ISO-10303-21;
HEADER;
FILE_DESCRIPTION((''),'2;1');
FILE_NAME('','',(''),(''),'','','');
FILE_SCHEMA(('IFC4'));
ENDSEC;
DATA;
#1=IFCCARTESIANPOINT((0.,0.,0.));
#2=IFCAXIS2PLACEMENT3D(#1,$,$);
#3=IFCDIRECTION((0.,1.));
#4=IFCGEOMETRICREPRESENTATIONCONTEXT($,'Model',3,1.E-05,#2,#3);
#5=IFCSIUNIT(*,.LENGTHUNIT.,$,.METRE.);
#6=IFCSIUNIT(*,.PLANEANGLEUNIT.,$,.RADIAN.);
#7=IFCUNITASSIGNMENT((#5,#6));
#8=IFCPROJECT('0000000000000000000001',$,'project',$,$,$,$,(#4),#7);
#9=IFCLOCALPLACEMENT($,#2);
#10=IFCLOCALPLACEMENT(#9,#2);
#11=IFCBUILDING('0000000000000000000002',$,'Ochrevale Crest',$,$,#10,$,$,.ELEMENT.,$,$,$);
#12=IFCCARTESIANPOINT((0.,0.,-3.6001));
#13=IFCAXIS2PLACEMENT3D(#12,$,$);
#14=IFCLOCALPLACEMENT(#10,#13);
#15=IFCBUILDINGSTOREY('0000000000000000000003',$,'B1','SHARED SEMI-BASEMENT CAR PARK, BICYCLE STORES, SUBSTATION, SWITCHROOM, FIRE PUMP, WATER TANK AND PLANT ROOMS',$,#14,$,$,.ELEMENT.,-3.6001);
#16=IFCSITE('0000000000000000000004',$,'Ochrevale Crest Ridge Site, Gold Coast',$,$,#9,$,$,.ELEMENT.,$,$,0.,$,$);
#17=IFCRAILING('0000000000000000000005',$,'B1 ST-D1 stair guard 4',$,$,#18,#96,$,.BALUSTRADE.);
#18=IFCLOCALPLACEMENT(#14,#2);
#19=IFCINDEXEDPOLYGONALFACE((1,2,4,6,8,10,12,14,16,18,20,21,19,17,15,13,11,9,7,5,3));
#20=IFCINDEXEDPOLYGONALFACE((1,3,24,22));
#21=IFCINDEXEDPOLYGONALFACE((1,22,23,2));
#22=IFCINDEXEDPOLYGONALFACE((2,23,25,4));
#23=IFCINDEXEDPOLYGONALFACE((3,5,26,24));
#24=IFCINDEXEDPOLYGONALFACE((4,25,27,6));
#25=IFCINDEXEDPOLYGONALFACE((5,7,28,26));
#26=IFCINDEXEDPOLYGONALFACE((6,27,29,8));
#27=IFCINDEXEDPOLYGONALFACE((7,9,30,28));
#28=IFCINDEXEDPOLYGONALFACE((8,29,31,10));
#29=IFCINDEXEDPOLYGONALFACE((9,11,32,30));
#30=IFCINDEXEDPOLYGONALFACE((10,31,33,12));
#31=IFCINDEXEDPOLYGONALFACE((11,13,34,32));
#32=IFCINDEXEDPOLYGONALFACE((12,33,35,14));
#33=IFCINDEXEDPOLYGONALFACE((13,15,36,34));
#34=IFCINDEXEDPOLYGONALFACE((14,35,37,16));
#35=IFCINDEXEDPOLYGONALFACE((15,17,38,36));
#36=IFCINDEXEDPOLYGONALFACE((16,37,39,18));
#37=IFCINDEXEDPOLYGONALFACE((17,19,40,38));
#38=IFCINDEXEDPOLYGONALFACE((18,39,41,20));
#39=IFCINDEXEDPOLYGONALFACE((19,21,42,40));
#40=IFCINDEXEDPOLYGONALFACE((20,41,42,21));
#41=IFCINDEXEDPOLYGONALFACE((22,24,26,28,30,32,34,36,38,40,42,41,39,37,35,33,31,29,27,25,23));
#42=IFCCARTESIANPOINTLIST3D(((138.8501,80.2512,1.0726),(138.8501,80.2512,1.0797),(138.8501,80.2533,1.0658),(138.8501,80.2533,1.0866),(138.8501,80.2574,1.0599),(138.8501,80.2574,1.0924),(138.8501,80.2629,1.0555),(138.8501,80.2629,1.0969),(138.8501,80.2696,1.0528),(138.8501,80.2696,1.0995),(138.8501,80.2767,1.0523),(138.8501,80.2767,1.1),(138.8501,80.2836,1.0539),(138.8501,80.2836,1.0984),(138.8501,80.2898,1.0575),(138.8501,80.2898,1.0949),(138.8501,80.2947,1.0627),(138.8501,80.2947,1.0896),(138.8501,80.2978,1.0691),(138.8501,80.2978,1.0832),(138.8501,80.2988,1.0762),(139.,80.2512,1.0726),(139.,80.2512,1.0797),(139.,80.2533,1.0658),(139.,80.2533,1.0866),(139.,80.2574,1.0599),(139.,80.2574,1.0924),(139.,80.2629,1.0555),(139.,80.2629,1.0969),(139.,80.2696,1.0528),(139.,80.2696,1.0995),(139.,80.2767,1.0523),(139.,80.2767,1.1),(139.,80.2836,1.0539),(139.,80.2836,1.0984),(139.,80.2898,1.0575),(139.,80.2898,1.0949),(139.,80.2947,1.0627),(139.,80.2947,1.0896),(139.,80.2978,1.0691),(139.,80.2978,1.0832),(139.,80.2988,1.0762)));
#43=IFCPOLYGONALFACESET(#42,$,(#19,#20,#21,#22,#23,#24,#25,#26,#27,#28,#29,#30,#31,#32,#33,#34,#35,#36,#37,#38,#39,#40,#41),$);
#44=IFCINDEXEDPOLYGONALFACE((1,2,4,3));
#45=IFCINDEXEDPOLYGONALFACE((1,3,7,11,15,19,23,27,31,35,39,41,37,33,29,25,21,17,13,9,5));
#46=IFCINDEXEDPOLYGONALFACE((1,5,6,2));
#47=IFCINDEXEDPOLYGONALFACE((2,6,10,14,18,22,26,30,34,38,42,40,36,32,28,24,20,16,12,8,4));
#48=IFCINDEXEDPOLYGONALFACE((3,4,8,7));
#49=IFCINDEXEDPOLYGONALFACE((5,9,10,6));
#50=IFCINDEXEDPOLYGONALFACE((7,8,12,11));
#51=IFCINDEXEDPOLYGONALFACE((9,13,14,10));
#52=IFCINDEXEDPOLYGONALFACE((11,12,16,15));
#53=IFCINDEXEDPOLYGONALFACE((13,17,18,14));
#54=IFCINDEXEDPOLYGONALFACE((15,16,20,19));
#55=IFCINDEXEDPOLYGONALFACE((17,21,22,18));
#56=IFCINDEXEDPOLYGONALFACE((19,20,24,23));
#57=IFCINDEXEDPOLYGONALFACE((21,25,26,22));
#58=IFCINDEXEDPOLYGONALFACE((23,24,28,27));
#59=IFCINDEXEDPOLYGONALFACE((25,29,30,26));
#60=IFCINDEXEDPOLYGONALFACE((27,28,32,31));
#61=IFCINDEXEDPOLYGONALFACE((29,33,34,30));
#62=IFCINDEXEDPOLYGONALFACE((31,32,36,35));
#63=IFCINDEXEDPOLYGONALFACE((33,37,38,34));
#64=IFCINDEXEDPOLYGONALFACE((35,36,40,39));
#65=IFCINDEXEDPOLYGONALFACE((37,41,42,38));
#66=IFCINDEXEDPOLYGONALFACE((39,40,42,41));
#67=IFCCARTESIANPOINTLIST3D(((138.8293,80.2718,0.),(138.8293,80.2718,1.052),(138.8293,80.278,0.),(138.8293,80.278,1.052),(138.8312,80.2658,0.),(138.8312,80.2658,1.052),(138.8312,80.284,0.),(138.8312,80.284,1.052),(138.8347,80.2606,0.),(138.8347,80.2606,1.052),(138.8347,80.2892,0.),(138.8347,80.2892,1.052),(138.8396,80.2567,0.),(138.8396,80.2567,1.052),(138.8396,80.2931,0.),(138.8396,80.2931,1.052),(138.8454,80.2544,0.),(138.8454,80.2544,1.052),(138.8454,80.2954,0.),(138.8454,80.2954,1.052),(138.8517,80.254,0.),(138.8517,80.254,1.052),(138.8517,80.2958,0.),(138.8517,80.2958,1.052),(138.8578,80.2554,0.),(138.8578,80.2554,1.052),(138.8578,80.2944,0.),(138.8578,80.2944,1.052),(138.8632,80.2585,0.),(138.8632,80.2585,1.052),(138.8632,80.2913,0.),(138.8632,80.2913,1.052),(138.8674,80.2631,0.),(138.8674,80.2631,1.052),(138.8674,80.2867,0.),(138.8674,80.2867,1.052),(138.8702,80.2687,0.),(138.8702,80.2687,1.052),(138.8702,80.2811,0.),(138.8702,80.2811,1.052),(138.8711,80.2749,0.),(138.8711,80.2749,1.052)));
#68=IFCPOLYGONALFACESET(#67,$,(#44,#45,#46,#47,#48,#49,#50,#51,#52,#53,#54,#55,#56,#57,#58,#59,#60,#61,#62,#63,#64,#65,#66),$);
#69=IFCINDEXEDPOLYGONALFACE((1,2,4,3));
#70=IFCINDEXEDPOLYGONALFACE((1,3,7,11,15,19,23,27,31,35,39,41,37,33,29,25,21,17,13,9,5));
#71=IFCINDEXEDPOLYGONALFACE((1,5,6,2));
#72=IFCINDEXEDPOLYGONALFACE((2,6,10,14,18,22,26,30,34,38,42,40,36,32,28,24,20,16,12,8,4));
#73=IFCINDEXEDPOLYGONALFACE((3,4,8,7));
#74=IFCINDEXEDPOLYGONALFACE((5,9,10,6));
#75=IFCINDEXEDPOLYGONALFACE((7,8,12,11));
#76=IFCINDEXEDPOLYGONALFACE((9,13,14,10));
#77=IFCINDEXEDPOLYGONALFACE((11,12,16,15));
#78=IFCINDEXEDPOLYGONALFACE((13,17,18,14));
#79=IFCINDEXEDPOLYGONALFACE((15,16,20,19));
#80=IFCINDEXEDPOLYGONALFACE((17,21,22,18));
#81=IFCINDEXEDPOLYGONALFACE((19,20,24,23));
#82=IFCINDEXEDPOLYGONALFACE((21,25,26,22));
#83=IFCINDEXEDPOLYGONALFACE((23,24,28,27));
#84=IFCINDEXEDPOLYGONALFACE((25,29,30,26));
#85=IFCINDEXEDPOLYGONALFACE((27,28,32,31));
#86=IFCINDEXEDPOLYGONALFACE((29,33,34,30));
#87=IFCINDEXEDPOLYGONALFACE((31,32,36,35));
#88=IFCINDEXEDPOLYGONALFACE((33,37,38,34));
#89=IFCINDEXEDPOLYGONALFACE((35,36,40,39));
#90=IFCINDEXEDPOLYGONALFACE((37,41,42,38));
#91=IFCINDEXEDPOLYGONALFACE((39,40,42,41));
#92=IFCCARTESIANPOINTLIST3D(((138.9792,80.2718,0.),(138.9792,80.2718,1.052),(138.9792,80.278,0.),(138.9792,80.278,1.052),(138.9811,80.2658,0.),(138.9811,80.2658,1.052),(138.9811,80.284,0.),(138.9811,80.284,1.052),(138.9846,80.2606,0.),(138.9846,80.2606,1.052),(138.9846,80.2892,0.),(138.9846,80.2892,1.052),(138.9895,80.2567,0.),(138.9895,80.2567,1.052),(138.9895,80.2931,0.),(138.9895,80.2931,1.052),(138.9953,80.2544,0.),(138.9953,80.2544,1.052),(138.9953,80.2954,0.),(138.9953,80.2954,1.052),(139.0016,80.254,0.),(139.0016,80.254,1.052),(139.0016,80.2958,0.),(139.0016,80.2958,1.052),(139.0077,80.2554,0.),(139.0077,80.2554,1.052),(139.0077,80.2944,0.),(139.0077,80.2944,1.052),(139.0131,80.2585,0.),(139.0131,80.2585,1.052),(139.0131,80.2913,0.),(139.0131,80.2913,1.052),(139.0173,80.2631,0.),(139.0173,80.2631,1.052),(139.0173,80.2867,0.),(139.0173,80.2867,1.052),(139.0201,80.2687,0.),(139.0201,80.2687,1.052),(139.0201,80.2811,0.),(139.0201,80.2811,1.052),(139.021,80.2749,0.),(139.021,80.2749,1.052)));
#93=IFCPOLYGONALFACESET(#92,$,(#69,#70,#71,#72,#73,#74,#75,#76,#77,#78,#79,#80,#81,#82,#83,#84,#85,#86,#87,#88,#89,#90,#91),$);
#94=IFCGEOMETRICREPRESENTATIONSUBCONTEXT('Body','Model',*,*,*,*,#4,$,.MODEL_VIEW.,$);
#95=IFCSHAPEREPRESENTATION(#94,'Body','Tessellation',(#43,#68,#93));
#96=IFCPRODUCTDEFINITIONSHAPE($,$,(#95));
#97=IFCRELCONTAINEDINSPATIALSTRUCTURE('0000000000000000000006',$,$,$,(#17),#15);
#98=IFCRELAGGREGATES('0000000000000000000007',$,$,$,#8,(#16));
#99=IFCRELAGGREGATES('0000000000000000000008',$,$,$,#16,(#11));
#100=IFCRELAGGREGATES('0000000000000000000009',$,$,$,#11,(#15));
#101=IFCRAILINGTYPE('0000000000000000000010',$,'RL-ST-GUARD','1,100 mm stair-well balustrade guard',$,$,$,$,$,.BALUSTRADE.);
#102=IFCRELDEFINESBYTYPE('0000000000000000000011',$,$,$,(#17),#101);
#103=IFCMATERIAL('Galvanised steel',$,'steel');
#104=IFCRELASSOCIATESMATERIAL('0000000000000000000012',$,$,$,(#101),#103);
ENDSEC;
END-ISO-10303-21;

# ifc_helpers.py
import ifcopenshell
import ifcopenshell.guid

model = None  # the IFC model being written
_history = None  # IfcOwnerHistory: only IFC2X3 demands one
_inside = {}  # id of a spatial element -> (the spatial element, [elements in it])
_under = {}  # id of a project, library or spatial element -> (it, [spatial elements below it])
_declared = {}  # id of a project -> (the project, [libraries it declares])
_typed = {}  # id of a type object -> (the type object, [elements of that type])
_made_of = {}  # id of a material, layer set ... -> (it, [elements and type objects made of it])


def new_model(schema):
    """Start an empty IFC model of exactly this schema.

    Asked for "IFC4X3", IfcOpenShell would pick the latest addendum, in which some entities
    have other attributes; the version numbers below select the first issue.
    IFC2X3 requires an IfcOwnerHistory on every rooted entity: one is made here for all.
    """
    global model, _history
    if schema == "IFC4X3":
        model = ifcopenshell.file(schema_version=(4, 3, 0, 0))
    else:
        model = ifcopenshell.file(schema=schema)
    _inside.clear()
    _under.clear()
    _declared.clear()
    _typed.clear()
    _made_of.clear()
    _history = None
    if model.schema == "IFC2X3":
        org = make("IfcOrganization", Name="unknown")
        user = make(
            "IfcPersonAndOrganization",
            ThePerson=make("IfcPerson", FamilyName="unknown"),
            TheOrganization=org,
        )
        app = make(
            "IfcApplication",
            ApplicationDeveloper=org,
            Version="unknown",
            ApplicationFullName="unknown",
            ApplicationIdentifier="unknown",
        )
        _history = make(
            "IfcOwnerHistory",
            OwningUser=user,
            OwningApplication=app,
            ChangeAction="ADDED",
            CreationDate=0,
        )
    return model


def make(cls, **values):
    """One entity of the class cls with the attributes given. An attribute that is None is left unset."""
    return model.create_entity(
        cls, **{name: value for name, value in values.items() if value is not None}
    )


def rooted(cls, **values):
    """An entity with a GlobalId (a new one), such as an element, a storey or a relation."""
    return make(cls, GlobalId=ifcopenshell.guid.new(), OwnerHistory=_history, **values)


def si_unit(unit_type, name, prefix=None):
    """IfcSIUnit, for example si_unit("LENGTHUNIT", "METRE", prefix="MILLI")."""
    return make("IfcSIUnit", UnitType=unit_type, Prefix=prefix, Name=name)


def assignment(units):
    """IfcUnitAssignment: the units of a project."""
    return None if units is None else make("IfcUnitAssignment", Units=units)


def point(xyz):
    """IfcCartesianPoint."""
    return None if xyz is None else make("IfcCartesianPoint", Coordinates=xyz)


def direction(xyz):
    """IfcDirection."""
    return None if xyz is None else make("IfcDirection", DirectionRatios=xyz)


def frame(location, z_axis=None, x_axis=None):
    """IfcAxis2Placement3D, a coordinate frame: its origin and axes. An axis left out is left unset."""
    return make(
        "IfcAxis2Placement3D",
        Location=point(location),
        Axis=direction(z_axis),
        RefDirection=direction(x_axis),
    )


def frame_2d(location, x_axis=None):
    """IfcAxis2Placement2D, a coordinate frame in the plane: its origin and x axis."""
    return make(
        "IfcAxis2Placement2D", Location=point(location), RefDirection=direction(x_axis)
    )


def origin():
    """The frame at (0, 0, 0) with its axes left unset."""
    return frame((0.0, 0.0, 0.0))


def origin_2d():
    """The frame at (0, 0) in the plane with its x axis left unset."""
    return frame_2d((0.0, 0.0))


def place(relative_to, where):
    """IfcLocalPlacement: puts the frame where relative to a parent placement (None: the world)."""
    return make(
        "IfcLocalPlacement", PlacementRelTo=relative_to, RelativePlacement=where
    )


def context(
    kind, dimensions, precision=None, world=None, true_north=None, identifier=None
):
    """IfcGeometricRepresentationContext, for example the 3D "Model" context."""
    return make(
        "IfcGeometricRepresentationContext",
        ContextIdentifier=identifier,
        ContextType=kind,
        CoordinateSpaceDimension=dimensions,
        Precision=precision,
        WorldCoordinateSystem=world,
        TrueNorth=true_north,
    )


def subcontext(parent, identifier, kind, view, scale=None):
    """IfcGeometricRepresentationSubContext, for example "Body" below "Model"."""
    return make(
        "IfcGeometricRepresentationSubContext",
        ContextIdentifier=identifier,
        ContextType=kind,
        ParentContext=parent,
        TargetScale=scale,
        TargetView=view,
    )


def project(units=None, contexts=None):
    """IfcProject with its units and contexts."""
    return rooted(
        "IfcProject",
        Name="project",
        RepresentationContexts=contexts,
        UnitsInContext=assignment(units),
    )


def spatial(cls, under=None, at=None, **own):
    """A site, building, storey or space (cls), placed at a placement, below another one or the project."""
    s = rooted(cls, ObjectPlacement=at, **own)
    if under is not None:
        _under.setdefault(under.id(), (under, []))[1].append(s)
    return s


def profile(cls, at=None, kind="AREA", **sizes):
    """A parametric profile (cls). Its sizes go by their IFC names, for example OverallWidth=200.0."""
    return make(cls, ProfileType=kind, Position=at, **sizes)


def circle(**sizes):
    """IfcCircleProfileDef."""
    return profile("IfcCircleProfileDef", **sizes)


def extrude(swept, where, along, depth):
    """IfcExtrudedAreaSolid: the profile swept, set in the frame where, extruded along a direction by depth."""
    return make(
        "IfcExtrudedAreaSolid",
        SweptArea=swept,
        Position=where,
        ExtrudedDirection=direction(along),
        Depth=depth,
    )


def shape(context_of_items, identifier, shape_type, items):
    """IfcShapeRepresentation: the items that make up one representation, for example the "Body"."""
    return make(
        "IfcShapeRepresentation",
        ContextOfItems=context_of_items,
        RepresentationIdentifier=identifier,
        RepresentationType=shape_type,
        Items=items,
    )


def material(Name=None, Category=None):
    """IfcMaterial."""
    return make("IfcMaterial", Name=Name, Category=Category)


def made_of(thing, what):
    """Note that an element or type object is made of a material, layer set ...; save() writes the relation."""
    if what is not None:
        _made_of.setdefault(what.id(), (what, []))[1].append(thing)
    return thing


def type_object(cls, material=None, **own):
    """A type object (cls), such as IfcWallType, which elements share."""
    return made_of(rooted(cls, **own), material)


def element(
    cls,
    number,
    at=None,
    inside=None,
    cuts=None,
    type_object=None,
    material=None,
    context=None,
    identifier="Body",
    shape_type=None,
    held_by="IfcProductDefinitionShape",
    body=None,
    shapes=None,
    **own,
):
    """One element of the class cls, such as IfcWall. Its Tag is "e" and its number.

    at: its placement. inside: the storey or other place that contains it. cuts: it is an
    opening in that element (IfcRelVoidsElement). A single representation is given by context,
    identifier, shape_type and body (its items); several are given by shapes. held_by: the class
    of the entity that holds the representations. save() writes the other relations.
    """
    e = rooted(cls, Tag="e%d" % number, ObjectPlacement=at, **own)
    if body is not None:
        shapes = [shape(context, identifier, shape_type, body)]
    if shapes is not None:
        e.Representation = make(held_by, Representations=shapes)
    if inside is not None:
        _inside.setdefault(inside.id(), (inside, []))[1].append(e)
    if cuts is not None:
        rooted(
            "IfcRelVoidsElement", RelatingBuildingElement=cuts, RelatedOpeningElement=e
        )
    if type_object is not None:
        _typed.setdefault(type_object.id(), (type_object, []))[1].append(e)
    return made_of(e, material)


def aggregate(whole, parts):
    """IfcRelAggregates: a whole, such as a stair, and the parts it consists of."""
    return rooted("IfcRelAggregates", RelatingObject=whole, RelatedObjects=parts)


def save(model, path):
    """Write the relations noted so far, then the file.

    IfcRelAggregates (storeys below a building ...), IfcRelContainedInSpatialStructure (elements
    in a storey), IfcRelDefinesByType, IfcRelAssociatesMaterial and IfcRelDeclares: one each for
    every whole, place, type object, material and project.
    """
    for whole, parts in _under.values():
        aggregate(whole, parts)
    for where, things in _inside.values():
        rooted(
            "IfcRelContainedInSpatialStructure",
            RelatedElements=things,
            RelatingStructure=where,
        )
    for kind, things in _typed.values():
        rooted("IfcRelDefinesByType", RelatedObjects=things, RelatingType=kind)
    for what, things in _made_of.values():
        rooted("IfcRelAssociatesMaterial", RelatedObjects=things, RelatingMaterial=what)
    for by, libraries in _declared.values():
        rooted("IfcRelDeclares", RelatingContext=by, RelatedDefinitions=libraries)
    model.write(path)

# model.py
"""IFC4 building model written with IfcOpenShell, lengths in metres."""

from ifc_helpers import new_model, si_unit, direction, frame, origin, origin_2d, place, context, subcontext, project, spatial, circle, extrude, material, type_object, element, save


model = new_model("IFC4")

# Units and contexts
model_context = context("Model", 3, precision=1e-05, world=origin(), true_north=direction((0.0, 1.0)))
body_context = subcontext(model_context, "Body", "Model", "MODEL_VIEW")
ifc_project = project(units=[si_unit("LENGTHUNIT", "METRE"), si_unit("PLANEANGLEUNIT", "RADIAN")], contexts=[model_context])

# Site, building, storey
site_placement = place(None, origin())
site = spatial("IfcSite", under=ifc_project, at=site_placement, Name="Ochrevale Crest Ridge Site, Gold Coast", CompositionType="ELEMENT", RefElevation=0.0)
building_placement = place(site_placement, origin())
building = spatial("IfcBuilding", under=site, at=building_placement, Name="Ochrevale Crest", CompositionType="ELEMENT")
storey_placement = place(building_placement, frame((0.0, 0.0, -3.6001)))
storey = spatial("IfcBuildingStorey", under=building, at=storey_placement, Name="B1", Description="SHARED SEMI-BASEMENT CAR PARK, BICYCLE STORES, SUBSTATION, SWITCHROOM, FIRE PUMP, WATER TANK AND PLANT ROOMS", CompositionType="ELEMENT", Elevation=-3.6001)

# Railing
ifc_material_1 = material(Name="Galvanised steel", Category="steel")
railing_type_1 = type_object("IfcRailingType", Name="RL-ST-GUARD", Description="1,100 mm stair-well balustrade guard", PredefinedType="BALUSTRADE", material=ifc_material_1)
railing_1_placement = place(storey_placement, frame((138.8501, 80.2749, 0.0)))
element("IfcRailing", 1, at=railing_1_placement, inside=storey, type_object=railing_type_1, Name="B1 ST-D1 stair guard 4", PredefinedType="BALUSTRADE", context=body_context, shape_type="SweptSolid", body=[
    extrude(circle(Radius=0.0239, at=origin_2d()), frame((0.0, 0.0, 1.0762), z_axis=(1.0, 0.0, 0.0), x_axis=(0.0, 1.0, 0.0)), (0.0, 0.0, 1.0), 0.1499),
    extrude(circle(Radius=0.021, at=origin_2d()), origin(), (0.0, 0.0, 1.0), 1.052),
    extrude(circle(Radius=0.021, at=origin_2d()), frame((0.1499, 0.0, 0.0)), (0.0, 0.0, 1.0), 1.052),
])

save(model, "model.ifc")
